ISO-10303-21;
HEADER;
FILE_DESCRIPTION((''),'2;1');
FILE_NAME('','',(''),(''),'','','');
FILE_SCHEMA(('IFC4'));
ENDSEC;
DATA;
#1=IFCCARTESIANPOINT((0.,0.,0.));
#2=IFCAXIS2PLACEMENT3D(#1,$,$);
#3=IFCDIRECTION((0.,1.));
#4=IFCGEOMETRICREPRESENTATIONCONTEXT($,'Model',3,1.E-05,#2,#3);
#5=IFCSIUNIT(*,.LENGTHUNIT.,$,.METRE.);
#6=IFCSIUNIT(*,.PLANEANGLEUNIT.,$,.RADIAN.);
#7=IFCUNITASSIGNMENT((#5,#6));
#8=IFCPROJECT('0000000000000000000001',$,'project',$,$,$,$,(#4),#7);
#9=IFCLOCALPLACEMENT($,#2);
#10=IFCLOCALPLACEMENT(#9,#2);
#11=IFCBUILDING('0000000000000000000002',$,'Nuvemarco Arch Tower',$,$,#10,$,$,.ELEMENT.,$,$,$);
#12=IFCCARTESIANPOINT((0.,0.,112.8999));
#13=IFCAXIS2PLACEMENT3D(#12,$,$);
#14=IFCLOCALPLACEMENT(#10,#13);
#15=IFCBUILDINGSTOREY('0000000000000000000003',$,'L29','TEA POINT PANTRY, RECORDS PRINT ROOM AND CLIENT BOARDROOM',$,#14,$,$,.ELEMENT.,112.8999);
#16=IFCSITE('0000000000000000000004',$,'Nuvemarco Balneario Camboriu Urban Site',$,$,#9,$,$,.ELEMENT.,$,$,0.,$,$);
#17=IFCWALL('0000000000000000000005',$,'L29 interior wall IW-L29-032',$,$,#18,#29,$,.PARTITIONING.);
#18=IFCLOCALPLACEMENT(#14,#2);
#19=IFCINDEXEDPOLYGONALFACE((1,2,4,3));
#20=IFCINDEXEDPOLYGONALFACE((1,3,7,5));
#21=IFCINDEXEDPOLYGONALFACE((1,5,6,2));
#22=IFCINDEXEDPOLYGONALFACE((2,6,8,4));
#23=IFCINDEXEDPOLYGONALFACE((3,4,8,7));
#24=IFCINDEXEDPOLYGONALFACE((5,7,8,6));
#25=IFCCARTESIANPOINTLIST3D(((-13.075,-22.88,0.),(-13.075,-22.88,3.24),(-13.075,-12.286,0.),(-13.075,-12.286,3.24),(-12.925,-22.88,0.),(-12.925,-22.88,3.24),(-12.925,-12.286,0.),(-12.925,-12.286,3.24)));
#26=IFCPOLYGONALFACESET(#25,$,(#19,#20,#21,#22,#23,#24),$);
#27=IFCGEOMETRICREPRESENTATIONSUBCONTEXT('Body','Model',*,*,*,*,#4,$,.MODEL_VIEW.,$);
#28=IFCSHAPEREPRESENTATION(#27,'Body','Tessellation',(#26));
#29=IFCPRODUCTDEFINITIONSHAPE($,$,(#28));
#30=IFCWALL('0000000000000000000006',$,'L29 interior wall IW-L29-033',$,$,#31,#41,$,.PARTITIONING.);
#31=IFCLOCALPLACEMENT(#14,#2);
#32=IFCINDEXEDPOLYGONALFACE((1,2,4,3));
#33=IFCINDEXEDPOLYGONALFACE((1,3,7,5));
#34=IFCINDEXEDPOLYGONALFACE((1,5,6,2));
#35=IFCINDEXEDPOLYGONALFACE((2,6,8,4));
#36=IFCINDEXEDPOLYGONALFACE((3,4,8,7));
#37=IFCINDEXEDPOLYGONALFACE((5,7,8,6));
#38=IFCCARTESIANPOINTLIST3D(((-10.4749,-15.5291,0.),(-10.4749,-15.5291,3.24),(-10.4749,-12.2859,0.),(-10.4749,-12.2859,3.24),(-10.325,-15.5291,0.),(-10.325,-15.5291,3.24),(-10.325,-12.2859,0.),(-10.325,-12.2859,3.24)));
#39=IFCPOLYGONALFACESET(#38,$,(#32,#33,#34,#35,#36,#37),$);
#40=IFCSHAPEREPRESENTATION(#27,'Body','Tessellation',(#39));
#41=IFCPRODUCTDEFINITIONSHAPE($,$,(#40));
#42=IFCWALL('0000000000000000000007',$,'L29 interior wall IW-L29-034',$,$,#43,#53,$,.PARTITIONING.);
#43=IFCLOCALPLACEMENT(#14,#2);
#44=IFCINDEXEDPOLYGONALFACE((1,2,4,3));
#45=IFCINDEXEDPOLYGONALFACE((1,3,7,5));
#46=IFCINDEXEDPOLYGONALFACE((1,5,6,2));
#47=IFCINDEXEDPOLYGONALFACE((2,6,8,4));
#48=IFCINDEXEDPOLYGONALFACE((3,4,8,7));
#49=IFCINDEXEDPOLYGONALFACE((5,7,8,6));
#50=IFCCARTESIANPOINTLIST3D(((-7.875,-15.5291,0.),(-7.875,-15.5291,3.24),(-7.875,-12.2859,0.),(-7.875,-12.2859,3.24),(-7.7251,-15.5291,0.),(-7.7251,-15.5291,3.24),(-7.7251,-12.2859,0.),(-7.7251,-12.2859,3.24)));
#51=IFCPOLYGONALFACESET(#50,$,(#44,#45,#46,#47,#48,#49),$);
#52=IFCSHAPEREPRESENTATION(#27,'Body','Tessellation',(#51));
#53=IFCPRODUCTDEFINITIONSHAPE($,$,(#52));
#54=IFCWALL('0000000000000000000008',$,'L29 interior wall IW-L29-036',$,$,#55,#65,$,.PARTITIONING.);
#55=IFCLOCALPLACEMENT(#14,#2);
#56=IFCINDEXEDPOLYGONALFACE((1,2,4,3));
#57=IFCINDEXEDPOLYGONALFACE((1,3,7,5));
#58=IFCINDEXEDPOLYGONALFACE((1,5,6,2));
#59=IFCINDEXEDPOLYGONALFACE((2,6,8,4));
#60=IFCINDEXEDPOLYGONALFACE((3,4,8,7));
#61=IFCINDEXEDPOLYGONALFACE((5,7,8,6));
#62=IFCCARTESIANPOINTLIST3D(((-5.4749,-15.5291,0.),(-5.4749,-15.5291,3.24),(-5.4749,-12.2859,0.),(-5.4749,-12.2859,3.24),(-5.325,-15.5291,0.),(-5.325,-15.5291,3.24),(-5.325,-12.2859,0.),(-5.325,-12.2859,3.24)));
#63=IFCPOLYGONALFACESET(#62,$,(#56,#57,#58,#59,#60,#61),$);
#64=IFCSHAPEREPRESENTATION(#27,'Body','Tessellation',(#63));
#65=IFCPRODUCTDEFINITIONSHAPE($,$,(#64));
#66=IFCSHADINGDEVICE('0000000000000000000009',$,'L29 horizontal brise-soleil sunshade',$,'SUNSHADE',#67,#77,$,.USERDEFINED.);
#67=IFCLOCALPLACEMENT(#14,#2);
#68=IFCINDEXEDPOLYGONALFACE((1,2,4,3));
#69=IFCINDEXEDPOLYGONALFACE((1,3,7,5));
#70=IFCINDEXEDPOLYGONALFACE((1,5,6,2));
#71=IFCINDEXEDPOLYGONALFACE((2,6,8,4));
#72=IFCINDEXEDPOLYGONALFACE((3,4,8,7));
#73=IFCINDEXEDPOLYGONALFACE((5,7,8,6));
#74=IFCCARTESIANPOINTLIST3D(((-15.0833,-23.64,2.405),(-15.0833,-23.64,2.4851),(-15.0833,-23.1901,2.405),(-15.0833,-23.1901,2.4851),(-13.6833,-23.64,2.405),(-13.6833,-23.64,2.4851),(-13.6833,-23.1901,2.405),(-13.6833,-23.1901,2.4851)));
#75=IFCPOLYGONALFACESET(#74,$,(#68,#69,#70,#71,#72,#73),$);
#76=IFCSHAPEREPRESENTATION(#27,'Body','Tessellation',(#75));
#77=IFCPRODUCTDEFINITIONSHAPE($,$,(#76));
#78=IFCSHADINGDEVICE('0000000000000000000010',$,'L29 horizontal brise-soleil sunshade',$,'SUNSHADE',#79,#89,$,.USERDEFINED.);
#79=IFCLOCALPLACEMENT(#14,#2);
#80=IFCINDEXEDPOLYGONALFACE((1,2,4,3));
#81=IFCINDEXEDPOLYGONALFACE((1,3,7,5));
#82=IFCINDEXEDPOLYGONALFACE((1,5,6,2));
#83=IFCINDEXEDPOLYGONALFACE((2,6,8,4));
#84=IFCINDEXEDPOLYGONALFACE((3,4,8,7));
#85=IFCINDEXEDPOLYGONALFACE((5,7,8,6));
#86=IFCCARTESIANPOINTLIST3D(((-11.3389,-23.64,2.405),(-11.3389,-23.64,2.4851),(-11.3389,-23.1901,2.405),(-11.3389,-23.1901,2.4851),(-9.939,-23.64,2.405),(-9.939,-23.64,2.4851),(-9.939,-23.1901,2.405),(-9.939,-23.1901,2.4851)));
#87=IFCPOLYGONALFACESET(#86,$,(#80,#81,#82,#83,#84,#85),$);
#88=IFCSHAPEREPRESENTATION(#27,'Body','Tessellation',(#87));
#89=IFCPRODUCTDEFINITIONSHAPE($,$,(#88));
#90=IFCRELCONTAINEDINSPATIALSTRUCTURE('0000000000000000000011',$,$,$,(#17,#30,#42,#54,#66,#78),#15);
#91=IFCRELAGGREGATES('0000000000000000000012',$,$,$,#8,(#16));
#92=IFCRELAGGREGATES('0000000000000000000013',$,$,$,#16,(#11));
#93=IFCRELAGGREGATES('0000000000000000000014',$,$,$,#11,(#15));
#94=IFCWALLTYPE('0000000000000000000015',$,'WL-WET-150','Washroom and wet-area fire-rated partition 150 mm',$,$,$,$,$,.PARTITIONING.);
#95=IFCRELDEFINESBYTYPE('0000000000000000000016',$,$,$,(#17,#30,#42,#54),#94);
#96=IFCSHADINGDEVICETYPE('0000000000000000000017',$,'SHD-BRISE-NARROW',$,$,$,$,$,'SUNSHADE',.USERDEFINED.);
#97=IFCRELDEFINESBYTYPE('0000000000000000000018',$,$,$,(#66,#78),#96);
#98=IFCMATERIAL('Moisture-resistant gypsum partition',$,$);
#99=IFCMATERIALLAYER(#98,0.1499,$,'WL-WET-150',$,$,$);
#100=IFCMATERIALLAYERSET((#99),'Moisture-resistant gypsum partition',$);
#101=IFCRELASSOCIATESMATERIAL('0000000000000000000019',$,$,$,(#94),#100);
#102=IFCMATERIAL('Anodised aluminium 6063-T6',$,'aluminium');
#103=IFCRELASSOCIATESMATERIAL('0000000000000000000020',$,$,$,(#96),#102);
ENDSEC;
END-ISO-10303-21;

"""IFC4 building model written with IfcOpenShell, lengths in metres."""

from ifc_helpers import new_model, si_unit, direction, frame, frame_2d, origin, origin_2d, place, context, subcontext, project, spatial, rectangle, extrude, source, transform, mapped, material, layer, layer_set, type_object, type_shapes, element, save


model = new_model("IFC4")

# Units and contexts
model_context = context("Model", 3, precision=1e-05, world=origin(), true_north=direction((0.0, 1.0)))
body_context = subcontext(model_context, "Body", "Model", "MODEL_VIEW")
ifc_project = project(units=[si_unit("LENGTHUNIT", "METRE"), si_unit("PLANEANGLEUNIT", "RADIAN")], contexts=[model_context])

# Site, building, storey
site_placement = place(None, origin())
site = spatial("IfcSite", under=ifc_project, at=site_placement, Name="Nuvemarco Balneario Camboriu Urban Site", CompositionType="ELEMENT", RefElevation=0.0)
building_placement = place(site_placement, origin())
building = spatial("IfcBuilding", under=site, at=building_placement, Name="Nuvemarco Arch Tower", CompositionType="ELEMENT")
storey_placement = place(building_placement, frame((0.0, 0.0, 112.8999)))
storey = spatial("IfcBuildingStorey", under=building, at=storey_placement, Name="L29", Description="TEA POINT PANTRY, RECORDS PRINT ROOM AND CLIENT BOARDROOM", CompositionType="ELEMENT", Elevation=112.8999)

# Walls
ifc_material_1 = material(Name="Moisture-resistant gypsum partition")
ifc_layer_1 = layer(ifc_material_1, 0.1499, Name="WL-WET-150")
ifc_layer_set_1 = layer_set([ifc_layer_1], Name="Moisture-resistant gypsum partition")
wall_type_1 = type_object("IfcWallType", Name="WL-WET-150", Description="Washroom and wet-area fire-rated partition 150 mm", PredefinedType="PARTITIONING", material=ifc_layer_set_1)
wall_1_placement = place(storey_placement, frame((-13.0, -22.8799, 0.0), z_axis=(0.0, 0.0, 1.0), x_axis=(0.0, 1.0, 0.0)))
element("IfcWall", 1, at=wall_1_placement, inside=storey, type_object=wall_type_1, Name="L29 interior wall IW-L29-032", PredefinedType="PARTITIONING", context=body_context, shape_type="SweptSolid", body=[
    extrude(rectangle(XDim=10.594, YDim=0.1499, at=frame_2d((5.2969, 0.0))), origin(), (0.0, 0.0, 1.0), 3.24),
])
for number, where, z_axis, x_axis, name in (
    (2, (-10.3999, -15.5291, 0.0), (0.0, 0.0, 1.0), (0.0, 1.0, 0.0), "L29 interior wall IW-L29-033"),
    (3, (-7.8, -15.5291, 0.0), (0.0, 0.0, 1.0), (0.0, 1.0, 0.0), "L29 interior wall IW-L29-034"),
    (4, (-5.3999, -15.5291, 0.0), (0.0, 0.0, 1.0), (0.0, 1.0, 0.0), "L29 interior wall IW-L29-036"),
):
    element("IfcWall", number, at=place(storey_placement, frame(where, z_axis=z_axis, x_axis=x_axis)), inside=storey, type_object=wall_type_1, Name=name, PredefinedType="PARTITIONING", context=body_context, shape_type="SweptSolid", body=[
        extrude(rectangle(XDim=3.2432, YDim=0.1499, at=frame_2d((1.6216, 0.0))), origin(), (0.0, 0.0, 1.0), 3.24),
    ])

# Shading devices
ifc_material_2 = material(Name="Anodised aluminium 6063-T6", Category="aluminium")
shading_device_type = type_object("IfcShadingDeviceType", Name="SHD-BRISE-NARROW", ElementType="SUNSHADE", PredefinedType="USERDEFINED", material=ifc_material_2)
shared_shape_1 = source(origin(), body_context, "Body", "SweptSolid", [
    extrude(rectangle(XDim=1.3999, YDim=0.45, at=origin_2d()), origin(), (0.0, 0.0, 1.0), 0.0801),
])
type_shapes(shading_device_type, [shared_shape_1])
for number, where, z_axis, x_axis, name in (
    (5, (-14.3833, -23.415, 2.405), (0.0, 0.0, 1.0), (1.0, 0.0, 0.0), "L29 horizontal brise-soleil sunshade"),
    (6, (-10.6389, -23.415, 2.405), (0.0, 0.0, 1.0), (1.0, 0.0, 0.0), "L29 horizontal brise-soleil sunshade"),
):
    element("IfcShadingDevice", number, at=place(storey_placement, frame(where, z_axis=z_axis, x_axis=x_axis)), inside=storey, type_object=shading_device_type, Name=name, ObjectType="SUNSHADE", PredefinedType="USERDEFINED", context=body_context, shape_type="MappedRepresentation", body=[
        mapped(shared_shape_1, transform((0.0, 0.0, 0.0), scale=1.0)),
    ])

save(model, "model.ifc")
